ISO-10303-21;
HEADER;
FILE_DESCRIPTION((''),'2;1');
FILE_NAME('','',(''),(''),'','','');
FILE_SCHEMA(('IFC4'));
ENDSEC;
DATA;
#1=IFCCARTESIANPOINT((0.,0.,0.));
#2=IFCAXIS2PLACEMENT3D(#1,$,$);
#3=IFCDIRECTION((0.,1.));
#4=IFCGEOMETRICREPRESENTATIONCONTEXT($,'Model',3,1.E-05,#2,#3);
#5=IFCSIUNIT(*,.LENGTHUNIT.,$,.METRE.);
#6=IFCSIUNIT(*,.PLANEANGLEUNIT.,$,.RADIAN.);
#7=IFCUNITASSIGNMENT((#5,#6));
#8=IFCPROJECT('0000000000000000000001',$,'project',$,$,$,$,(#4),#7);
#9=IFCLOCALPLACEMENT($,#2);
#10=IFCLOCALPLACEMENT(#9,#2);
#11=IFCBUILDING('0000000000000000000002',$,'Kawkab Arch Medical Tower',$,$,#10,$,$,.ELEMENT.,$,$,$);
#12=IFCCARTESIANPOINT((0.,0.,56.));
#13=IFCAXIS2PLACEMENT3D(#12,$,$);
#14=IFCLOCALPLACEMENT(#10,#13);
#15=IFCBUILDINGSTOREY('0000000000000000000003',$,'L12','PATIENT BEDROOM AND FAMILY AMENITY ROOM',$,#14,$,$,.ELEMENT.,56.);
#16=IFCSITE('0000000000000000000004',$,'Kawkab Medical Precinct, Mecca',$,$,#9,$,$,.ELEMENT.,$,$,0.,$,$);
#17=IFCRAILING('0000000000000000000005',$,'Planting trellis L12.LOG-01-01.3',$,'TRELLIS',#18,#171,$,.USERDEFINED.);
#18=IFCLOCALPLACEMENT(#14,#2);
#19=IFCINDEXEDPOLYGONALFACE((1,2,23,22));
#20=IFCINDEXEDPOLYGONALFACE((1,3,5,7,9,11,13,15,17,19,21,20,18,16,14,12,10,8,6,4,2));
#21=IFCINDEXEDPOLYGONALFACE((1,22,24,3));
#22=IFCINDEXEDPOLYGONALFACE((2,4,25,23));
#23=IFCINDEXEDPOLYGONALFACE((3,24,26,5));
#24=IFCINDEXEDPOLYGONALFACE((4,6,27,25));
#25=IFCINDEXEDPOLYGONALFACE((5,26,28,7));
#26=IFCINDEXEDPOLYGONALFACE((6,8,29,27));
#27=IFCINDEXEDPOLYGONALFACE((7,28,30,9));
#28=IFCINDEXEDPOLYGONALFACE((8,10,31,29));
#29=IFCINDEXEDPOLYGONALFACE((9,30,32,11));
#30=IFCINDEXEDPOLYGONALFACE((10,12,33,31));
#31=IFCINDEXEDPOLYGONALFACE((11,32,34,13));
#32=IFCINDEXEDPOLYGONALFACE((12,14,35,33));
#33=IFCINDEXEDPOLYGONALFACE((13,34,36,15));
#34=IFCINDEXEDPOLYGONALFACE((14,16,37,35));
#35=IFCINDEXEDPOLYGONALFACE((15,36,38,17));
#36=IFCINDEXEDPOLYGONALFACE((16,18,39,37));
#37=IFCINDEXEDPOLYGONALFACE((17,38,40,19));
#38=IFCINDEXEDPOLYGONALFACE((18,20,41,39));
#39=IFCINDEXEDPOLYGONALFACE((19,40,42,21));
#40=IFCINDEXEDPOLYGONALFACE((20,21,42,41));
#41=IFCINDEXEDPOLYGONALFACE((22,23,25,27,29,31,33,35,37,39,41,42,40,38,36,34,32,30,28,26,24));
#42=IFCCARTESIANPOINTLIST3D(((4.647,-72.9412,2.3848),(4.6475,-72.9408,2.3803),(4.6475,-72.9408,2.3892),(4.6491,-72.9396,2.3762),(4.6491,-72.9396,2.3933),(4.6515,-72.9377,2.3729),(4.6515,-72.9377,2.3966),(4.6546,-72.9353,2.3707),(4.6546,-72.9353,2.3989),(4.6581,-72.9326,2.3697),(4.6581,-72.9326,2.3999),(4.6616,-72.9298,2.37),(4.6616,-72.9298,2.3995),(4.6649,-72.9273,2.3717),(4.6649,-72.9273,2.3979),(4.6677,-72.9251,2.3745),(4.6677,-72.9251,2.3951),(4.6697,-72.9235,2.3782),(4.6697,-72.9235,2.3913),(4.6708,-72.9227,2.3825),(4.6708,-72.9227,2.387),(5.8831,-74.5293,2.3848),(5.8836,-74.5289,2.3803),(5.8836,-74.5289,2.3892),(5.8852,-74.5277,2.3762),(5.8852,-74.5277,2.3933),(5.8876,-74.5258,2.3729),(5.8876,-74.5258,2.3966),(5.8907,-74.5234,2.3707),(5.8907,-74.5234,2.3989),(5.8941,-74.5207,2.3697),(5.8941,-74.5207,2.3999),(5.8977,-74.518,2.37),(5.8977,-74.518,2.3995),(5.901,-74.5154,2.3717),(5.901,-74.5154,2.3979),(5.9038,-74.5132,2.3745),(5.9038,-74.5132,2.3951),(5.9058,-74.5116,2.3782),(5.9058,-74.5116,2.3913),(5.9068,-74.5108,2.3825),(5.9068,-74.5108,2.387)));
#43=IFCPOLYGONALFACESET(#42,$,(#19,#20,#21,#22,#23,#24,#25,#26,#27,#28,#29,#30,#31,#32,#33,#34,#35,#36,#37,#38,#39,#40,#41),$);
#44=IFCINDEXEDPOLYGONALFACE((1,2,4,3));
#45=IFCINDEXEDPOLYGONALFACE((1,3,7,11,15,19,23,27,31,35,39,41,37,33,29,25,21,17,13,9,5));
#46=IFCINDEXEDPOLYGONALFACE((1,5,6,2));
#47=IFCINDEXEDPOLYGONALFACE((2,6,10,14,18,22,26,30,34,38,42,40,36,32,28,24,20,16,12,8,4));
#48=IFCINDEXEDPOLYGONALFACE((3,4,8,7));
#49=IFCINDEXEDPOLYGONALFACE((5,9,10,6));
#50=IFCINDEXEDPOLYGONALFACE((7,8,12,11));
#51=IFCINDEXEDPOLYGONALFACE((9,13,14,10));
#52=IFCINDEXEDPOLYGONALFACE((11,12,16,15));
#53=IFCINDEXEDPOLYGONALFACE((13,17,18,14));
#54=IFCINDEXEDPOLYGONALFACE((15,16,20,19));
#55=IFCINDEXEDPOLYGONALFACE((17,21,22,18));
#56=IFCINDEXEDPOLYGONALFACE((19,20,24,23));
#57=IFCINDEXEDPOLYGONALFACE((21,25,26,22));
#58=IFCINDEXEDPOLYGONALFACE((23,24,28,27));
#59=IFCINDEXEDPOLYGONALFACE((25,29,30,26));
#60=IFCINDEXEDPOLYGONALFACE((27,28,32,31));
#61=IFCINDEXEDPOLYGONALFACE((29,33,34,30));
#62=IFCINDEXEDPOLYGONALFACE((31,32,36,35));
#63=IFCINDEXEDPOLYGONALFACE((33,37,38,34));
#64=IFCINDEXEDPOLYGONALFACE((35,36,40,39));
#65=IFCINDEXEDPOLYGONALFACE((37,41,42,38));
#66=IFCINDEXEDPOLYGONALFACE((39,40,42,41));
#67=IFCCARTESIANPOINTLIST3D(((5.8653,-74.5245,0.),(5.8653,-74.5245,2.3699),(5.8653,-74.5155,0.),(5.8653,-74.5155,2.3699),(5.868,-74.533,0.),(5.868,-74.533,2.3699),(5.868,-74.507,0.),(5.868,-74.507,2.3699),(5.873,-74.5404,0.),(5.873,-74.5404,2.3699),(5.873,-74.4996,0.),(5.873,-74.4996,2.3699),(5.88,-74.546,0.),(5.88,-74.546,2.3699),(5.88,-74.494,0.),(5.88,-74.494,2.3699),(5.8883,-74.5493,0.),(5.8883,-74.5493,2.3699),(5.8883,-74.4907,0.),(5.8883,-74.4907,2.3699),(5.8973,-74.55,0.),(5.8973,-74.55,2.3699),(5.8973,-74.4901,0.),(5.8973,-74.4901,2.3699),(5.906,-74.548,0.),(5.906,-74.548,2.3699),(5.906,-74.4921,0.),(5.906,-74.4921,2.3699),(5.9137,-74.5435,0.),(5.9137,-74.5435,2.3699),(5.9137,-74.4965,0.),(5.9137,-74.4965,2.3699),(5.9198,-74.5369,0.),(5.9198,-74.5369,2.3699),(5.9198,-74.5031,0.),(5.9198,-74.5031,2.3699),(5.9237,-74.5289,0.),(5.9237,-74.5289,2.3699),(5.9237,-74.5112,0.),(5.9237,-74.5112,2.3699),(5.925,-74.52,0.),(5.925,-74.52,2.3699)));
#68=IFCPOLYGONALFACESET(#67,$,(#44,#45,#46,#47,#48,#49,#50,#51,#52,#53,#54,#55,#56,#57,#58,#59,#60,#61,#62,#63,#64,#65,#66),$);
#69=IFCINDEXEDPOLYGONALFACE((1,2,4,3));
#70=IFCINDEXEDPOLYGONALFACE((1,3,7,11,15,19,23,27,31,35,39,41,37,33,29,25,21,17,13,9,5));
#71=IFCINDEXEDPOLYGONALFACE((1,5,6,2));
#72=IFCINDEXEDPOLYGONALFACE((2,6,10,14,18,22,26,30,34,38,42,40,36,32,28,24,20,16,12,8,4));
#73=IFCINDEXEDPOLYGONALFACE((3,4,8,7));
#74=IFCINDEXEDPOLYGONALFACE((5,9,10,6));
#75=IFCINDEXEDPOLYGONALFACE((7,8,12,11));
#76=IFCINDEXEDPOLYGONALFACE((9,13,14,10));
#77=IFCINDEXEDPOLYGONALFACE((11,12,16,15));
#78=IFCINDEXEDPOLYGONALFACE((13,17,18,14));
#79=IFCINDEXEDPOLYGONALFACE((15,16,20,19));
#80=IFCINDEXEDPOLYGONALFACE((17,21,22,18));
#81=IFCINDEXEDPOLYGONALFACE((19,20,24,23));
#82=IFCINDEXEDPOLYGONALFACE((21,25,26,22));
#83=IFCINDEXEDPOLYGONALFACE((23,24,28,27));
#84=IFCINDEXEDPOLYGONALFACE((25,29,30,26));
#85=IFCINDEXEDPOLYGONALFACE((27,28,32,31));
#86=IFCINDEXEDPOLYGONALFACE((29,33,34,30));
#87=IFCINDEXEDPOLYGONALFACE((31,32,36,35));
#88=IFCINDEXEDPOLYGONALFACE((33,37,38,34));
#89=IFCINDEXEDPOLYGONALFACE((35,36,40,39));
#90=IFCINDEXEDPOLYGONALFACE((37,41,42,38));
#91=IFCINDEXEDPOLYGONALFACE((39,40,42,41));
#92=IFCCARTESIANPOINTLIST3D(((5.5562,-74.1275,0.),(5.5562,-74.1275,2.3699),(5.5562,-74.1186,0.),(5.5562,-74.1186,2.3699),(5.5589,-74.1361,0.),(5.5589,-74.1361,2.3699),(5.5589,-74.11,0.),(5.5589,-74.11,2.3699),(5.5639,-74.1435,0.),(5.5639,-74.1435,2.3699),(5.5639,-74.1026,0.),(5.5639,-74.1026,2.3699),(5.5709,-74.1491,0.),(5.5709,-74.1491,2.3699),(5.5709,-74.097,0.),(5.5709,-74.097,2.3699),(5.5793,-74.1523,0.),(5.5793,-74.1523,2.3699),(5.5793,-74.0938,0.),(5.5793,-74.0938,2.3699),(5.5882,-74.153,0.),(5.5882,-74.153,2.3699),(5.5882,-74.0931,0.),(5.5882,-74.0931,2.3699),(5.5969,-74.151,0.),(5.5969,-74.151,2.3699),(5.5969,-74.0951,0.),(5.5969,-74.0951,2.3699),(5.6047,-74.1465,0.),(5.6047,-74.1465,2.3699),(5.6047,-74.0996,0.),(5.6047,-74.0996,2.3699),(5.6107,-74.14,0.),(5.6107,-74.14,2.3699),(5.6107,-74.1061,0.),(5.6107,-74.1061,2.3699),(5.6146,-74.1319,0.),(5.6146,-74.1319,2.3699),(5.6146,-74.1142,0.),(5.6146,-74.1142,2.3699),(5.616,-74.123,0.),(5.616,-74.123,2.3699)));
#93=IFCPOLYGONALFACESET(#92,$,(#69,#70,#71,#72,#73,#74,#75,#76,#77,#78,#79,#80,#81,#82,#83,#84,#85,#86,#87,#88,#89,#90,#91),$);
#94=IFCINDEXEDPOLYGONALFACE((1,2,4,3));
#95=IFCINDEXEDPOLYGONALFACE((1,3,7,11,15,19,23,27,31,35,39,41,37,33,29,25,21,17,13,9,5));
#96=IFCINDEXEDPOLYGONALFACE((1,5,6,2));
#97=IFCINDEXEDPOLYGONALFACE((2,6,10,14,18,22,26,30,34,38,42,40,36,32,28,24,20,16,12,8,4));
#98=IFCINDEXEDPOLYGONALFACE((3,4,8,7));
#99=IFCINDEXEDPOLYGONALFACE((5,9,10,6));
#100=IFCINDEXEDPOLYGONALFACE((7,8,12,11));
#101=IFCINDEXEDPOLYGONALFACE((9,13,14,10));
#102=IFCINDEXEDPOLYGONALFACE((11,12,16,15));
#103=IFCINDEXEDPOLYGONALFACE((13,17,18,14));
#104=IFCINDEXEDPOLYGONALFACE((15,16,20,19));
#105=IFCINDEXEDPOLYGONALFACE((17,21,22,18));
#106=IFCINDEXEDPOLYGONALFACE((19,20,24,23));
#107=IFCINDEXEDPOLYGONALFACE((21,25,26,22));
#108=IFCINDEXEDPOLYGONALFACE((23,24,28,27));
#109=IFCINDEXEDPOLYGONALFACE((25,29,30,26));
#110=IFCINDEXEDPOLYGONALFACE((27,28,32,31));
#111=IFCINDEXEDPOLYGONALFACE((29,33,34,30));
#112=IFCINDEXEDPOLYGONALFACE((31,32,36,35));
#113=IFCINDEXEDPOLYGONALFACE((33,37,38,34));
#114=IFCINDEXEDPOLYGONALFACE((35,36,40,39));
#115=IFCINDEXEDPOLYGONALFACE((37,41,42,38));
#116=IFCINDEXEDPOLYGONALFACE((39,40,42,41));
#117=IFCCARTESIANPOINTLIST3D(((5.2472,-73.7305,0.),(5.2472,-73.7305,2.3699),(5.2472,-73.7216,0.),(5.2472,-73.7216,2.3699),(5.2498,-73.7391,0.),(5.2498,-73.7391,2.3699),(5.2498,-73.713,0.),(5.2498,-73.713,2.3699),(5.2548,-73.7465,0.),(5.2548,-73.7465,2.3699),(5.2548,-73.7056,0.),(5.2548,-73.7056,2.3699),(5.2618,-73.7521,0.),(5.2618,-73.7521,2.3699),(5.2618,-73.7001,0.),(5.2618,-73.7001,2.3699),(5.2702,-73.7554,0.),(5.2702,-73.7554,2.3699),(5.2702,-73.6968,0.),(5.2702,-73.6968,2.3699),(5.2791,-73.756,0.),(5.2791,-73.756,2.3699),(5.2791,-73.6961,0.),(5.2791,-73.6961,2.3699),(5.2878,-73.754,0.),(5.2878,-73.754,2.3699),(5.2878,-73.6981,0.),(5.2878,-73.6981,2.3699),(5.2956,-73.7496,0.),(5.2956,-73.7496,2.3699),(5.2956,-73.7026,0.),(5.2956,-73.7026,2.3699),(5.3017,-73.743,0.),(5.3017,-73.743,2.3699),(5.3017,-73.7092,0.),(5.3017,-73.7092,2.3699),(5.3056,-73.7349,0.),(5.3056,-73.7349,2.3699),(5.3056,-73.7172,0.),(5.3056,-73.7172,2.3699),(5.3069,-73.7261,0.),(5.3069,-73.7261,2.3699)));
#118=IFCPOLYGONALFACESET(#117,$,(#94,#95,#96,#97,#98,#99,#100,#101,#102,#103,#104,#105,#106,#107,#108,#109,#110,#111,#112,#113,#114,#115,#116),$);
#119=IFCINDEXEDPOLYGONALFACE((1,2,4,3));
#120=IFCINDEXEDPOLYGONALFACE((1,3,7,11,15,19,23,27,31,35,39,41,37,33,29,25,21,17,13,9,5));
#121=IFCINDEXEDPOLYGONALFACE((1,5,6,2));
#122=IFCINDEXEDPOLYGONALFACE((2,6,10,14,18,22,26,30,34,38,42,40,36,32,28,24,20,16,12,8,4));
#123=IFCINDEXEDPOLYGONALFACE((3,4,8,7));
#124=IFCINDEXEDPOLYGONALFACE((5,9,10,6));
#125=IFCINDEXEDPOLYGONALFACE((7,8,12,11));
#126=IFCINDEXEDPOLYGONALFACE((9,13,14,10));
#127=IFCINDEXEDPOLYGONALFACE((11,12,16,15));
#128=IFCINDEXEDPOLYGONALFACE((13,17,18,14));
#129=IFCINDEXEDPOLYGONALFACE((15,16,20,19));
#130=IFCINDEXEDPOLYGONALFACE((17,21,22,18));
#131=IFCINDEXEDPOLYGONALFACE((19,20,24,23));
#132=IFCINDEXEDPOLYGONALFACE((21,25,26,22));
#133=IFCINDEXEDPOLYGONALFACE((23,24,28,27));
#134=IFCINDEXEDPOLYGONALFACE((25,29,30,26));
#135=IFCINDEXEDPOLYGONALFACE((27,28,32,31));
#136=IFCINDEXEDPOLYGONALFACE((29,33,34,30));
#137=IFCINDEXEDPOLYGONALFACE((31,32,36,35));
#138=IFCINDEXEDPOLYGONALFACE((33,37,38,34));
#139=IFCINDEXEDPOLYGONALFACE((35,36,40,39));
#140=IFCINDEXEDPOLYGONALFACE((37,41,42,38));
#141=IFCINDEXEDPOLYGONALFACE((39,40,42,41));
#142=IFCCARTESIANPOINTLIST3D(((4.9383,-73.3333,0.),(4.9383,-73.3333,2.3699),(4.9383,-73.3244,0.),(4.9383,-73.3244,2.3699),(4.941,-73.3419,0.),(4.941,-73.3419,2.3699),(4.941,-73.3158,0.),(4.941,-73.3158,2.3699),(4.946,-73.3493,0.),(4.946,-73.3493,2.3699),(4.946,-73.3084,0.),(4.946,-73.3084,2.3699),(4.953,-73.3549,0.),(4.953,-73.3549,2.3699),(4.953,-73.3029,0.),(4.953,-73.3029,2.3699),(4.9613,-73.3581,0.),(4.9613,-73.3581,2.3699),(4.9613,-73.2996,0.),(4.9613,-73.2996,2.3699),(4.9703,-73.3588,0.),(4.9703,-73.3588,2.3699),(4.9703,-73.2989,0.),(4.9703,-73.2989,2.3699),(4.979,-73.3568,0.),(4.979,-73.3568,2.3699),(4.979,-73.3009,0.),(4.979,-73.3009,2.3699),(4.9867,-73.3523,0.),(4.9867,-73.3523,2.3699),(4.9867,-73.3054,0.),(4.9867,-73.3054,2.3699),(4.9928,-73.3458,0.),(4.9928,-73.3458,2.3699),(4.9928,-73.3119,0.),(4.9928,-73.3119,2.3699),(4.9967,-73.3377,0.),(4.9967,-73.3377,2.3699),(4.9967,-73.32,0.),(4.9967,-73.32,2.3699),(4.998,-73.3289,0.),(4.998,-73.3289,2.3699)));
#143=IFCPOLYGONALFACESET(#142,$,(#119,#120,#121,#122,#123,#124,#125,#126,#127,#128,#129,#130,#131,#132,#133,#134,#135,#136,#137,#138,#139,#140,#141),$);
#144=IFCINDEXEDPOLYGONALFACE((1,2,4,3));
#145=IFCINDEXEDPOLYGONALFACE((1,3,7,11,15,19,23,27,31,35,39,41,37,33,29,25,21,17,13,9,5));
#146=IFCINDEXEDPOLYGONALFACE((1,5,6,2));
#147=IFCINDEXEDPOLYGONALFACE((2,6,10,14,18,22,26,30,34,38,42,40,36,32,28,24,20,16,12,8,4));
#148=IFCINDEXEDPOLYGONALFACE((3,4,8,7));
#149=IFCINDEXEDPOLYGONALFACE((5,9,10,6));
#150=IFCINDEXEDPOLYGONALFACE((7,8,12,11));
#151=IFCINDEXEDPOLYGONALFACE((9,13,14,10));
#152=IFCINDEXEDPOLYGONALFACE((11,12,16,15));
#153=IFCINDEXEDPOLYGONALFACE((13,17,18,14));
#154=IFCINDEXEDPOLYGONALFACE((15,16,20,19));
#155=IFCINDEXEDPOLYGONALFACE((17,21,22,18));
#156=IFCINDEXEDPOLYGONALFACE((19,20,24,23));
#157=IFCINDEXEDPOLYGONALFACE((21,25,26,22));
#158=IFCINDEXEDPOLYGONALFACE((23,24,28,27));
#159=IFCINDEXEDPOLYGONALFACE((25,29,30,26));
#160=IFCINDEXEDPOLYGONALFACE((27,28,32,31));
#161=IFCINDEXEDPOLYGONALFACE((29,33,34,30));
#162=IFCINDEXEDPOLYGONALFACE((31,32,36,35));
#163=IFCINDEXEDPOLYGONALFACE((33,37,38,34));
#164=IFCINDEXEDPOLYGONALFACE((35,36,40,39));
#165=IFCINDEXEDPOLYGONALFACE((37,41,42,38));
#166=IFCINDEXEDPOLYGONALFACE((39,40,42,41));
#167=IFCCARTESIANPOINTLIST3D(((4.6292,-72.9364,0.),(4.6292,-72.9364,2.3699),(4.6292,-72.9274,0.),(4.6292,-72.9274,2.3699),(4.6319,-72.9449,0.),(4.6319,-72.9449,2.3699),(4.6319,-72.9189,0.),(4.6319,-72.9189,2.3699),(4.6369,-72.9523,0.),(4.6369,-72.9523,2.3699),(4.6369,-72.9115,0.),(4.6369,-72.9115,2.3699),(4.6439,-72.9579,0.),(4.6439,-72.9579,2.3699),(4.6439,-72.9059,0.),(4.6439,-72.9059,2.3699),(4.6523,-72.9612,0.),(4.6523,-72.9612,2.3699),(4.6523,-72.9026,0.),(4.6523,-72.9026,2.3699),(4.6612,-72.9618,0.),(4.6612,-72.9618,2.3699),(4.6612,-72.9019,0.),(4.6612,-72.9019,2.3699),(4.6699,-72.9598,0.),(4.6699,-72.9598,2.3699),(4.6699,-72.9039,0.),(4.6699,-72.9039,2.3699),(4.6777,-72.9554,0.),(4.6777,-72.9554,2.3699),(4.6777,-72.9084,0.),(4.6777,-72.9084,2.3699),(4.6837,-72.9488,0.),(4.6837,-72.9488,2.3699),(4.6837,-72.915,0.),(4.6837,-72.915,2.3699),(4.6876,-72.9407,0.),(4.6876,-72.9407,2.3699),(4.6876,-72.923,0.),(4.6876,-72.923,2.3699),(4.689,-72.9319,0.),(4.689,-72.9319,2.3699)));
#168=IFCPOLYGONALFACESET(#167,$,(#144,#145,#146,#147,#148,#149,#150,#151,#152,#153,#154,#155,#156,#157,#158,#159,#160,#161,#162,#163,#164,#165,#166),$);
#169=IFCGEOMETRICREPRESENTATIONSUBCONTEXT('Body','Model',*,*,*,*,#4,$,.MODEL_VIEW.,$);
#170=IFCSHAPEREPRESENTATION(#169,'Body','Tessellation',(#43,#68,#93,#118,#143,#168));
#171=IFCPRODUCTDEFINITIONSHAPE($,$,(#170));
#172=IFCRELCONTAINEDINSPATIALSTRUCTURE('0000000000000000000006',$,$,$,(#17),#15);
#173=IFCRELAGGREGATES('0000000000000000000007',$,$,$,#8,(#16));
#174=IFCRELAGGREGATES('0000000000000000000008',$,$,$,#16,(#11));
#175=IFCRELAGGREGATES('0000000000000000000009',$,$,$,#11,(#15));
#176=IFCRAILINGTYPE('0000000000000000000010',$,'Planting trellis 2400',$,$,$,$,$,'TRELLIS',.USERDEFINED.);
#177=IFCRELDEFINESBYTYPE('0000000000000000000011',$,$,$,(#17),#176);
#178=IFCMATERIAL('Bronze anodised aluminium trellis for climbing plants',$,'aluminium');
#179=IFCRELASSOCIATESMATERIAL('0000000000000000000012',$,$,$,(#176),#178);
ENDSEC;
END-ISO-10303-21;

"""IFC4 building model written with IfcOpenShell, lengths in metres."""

from ifc_helpers import new_model, si_unit, direction, frame, origin, origin_2d, place, context, subcontext, project, spatial, circle, extrude, material, type_object, element, save


model = new_model("IFC4")

# Units and contexts
model_context = context("Model", 3, precision=1e-05, world=origin(), true_north=direction((0.0, 1.0)))
body_context = subcontext(model_context, "Body", "Model", "MODEL_VIEW")
ifc_project = project(units=[si_unit("LENGTHUNIT", "METRE"), si_unit("PLANEANGLEUNIT", "RADIAN")], contexts=[model_context])

# Site, building, storey
site_placement = place(None, origin())
site = spatial("IfcSite", under=ifc_project, at=site_placement, Name="Kawkab Medical Precinct, Mecca", CompositionType="ELEMENT", RefElevation=0.0)
building_placement = place(site_placement, origin())
building = spatial("IfcBuilding", under=site, at=building_placement, Name="Kawkab Arch Medical Tower", CompositionType="ELEMENT")
storey_placement = place(building_placement, frame((0.0, 0.0, 56.0)))
storey = spatial("IfcBuildingStorey", under=building, at=storey_placement, Name="L12", Description="PATIENT BEDROOM AND FAMILY AMENITY ROOM", CompositionType="ELEMENT", Elevation=56.0)

# Railing
ifc_material_1 = material(Name="Bronze anodised aluminium trellis for climbing plants", Category="aluminium")
railing_type_1 = type_object("IfcRailingType", Name="Planting trellis 2400", ElementType="TRELLIS", PredefinedType="USERDEFINED", material=ifc_material_1)
railing_1_placement = place(storey_placement, frame((5.895, -74.52, 0.0)))
element("IfcRailing", 1, at=railing_1_placement, inside=storey, type_object=railing_type_1, Name="Planting trellis L12.LOG-01-01.3", ObjectType="TRELLIS", PredefinedType="USERDEFINED", context=body_context, shape_type="SweptSolid", body=[
    extrude(circle(Radius=0.0151, at=origin_2d()), frame((0.0, 0.0, 2.3848), z_axis=(-0.614209, 0.789143, 0.0), x_axis=(-0.789143, -0.614209, 0.0)), (0.0, 0.0, 1.0), 2.0125),
    extrude(circle(Radius=0.03, at=origin_2d()), origin(), (0.0, 0.0, 1.0), 2.3699),
    extrude(circle(Radius=0.03, at=origin_2d()), frame((-0.3091, 0.397, 0.0)), (0.0, 0.0, 1.0), 2.3699),
    extrude(circle(Radius=0.03, at=origin_2d()), frame((-0.6182, 0.7939, 0.0)), (0.0, 0.0, 1.0), 2.3699),
    extrude(circle(Radius=0.03, at=origin_2d()), frame((-0.927, 1.1912, 0.0)), (0.0, 0.0, 1.0), 2.3699),
    extrude(circle(Radius=0.03, at=origin_2d()), frame((-1.2361, 1.5881, 0.0)), (0.0, 0.0, 1.0), 2.3699),
])

save(model, "model.ifc")
